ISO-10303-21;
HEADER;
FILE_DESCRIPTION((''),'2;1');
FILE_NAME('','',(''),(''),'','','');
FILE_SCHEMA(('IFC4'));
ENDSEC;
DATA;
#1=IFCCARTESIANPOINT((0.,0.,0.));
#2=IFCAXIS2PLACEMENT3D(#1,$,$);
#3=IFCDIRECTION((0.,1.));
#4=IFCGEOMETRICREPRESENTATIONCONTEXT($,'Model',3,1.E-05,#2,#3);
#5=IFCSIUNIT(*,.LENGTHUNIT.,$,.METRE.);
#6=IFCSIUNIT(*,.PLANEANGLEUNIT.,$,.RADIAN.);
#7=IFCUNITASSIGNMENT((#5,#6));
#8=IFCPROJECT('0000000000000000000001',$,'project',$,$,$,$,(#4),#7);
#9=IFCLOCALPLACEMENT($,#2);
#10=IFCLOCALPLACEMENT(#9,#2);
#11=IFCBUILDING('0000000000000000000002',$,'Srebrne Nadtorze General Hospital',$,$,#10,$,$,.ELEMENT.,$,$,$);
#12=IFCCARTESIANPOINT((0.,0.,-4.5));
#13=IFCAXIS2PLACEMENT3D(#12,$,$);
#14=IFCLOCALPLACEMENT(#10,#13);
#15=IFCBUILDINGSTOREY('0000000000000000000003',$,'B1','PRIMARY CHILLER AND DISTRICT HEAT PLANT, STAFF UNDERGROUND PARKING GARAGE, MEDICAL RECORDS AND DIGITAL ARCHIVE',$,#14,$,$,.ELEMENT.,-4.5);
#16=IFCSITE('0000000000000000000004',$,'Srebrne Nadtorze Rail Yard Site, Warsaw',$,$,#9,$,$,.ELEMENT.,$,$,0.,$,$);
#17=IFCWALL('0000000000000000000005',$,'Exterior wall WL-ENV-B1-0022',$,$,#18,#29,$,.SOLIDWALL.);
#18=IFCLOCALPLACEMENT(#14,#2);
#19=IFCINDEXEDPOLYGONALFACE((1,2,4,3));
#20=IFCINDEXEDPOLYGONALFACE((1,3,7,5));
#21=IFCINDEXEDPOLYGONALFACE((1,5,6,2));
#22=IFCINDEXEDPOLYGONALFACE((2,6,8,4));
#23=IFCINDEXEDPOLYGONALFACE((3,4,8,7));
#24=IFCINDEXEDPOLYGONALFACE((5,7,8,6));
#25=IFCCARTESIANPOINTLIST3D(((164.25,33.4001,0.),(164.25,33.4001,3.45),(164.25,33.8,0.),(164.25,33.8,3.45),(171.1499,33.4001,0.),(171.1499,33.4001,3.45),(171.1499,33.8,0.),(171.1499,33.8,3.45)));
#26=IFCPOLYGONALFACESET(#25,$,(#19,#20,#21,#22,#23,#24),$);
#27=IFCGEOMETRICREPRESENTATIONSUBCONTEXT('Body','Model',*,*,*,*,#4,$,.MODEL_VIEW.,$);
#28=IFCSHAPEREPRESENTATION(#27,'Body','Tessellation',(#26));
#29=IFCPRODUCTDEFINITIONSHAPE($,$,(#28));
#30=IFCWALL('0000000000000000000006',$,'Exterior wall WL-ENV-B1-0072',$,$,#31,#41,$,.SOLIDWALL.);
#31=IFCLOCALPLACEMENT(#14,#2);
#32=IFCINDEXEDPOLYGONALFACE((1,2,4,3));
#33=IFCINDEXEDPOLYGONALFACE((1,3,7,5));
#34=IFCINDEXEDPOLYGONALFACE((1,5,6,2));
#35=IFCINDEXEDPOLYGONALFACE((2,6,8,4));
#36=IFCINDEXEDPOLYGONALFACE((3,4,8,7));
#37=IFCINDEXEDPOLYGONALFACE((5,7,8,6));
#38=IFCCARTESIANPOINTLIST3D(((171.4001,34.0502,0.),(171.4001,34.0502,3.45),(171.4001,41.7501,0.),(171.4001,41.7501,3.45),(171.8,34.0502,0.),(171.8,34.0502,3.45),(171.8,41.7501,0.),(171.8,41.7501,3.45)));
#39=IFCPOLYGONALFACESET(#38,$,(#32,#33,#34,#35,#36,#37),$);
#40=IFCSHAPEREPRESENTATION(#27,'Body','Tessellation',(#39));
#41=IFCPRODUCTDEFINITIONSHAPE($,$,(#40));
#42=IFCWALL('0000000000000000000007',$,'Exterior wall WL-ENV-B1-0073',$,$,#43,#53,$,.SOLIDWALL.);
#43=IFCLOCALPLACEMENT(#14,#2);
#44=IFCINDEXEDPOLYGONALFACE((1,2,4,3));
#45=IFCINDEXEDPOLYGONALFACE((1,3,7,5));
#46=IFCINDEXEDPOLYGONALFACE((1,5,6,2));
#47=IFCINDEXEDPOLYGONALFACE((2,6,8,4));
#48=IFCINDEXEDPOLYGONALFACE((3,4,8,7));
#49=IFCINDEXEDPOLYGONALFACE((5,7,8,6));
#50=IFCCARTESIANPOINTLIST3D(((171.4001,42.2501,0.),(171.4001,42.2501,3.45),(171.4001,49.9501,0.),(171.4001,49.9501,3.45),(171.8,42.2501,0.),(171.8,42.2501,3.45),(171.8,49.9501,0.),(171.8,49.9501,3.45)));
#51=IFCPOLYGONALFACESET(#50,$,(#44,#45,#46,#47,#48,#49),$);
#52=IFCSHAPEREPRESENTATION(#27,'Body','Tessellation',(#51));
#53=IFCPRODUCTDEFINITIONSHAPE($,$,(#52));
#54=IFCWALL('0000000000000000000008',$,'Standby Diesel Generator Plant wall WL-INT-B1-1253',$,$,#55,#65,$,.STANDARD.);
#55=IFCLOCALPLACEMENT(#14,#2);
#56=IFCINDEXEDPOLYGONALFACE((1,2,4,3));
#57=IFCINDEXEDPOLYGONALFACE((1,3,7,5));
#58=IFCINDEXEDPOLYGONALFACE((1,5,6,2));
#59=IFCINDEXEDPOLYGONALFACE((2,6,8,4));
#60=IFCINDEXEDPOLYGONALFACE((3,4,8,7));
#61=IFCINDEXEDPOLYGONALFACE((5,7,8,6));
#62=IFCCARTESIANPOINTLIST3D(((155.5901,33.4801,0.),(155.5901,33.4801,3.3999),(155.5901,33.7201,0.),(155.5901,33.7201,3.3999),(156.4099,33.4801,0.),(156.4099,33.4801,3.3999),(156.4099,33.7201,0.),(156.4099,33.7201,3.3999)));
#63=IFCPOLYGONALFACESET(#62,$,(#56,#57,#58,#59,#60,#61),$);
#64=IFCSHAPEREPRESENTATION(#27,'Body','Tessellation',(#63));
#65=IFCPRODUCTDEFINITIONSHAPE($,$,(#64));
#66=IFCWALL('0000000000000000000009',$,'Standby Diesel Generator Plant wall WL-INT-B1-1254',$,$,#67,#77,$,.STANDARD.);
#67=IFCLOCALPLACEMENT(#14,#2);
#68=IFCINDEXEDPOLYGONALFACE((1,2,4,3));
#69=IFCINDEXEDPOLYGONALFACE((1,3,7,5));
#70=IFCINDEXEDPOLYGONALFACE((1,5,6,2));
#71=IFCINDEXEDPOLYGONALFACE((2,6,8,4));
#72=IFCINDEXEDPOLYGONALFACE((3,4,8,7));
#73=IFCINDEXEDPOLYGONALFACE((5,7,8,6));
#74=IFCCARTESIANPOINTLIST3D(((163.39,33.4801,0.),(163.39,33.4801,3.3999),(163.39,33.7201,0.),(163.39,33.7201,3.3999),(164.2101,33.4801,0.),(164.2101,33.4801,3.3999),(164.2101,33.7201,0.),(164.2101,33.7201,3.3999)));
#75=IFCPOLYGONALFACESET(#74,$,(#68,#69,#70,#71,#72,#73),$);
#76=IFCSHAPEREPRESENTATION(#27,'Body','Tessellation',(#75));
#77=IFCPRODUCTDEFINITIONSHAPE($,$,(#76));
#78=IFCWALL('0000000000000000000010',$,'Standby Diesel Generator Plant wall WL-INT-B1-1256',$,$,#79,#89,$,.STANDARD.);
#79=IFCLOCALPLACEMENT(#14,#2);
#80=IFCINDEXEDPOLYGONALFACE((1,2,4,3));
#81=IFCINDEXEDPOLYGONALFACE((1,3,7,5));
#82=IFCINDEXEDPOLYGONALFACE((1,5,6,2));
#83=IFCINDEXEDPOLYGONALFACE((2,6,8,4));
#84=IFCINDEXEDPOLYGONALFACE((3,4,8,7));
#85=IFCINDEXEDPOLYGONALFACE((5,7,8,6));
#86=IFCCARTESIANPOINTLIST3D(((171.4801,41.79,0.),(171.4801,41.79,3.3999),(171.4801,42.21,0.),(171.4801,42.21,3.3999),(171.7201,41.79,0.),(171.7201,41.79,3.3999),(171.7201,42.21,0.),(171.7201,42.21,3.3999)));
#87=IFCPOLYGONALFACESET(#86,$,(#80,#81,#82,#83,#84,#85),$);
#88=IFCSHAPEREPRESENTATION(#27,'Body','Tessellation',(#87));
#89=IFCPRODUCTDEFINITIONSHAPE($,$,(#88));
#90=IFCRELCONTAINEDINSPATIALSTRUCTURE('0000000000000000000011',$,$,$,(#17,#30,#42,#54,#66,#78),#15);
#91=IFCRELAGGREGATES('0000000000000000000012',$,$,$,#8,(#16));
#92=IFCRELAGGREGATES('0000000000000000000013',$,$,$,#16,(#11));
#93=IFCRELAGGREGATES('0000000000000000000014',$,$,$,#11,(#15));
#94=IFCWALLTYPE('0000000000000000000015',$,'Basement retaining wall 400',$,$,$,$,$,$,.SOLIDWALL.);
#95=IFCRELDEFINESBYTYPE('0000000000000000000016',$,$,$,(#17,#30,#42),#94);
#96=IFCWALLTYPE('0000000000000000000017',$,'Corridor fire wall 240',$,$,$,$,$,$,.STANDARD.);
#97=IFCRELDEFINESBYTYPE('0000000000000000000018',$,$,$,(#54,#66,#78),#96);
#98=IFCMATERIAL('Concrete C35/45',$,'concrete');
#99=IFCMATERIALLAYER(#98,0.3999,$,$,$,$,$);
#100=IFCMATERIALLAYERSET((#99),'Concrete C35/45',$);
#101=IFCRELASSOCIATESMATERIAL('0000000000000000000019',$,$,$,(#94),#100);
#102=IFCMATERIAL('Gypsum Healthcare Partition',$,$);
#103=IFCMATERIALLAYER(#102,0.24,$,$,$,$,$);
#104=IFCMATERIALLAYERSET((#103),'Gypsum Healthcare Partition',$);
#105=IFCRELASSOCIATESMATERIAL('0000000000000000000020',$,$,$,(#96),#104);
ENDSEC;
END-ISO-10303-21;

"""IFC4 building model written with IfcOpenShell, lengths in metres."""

from ifc_helpers import new_model, si_unit, direction, frame, frame_2d, origin, place, context, subcontext, project, spatial, rectangle, extrude, material, layer, layer_set, type_object, element, save


model = new_model("IFC4")

# Units and contexts
model_context = context("Model", 3, precision=1e-05, world=origin(), true_north=direction((0.0, 1.0)))
body_context = subcontext(model_context, "Body", "Model", "MODEL_VIEW")
ifc_project = project(units=[si_unit("LENGTHUNIT", "METRE"), si_unit("PLANEANGLEUNIT", "RADIAN")], contexts=[model_context])

# Site, building, storey
site_placement = place(None, origin())
site = spatial("IfcSite", under=ifc_project, at=site_placement, Name="Srebrne Nadtorze Rail Yard Site, Warsaw", CompositionType="ELEMENT", RefElevation=0.0)
building_placement = place(site_placement, origin())
building = spatial("IfcBuilding", under=site, at=building_placement, Name="Srebrne Nadtorze General Hospital", CompositionType="ELEMENT")
storey_placement = place(building_placement, frame((0.0, 0.0, -4.5)))
storey = spatial("IfcBuildingStorey", under=building, at=storey_placement, Name="B1", Description="PRIMARY CHILLER AND DISTRICT HEAT PLANT, STAFF UNDERGROUND PARKING GARAGE, MEDICAL RECORDS AND DIGITAL ARCHIVE", CompositionType="ELEMENT", Elevation=-4.5)

# Walls
ifc_material_1 = material(Name="Concrete C35/45", Category="concrete")
ifc_layer_1 = layer(ifc_material_1, 0.3999)
ifc_layer_set_1 = layer_set([ifc_layer_1], Name="Concrete C35/45")
wall_type_1 = type_object("IfcWallType", Name="Basement retaining wall 400", PredefinedType="SOLIDWALL", material=ifc_layer_set_1)
wall_1_placement = place(storey_placement, frame((164.25, 33.6001, 0.0), z_axis=(0.0, 0.0, 1.0), x_axis=(1.0, 0.0, 0.0)))
element("IfcWall", 1, at=wall_1_placement, inside=storey, type_object=wall_type_1, Name="Exterior wall WL-ENV-B1-0022", PredefinedType="SOLIDWALL", context=body_context, shape_type="SweptSolid", body=[
    extrude(rectangle(XDim=6.8999, YDim=0.3999, at=frame_2d((3.45, 0.0))), origin(), (0.0, 0.0, 1.0), 3.45),
])
for number, where, z_axis, x_axis, name in (
    (2, (171.6001, 34.05, 0.0), (0.0, 0.0, 1.0), (0.0, 1.0, 0.0), "Exterior wall WL-ENV-B1-0072"),
    (3, (171.6001, 42.25, 0.0), (0.0, 0.0, 1.0), (0.0, 1.0, 0.0), "Exterior wall WL-ENV-B1-0073"),
):
    element("IfcWall", number, at=place(storey_placement, frame(where, z_axis=z_axis, x_axis=x_axis)), inside=storey, type_object=wall_type_1, Name=name, PredefinedType="SOLIDWALL", context=body_context, shape_type="SweptSolid", body=[
        extrude(rectangle(XDim=7.7, YDim=0.3999, at=frame_2d((3.8501, 0.0))), origin(), (0.0, 0.0, 1.0), 3.45),
    ])
ifc_material_2 = material(Name="Gypsum Healthcare Partition")
ifc_layer_2 = layer(ifc_material_2, 0.24)
ifc_layer_set_2 = layer_set([ifc_layer_2], Name="Gypsum Healthcare Partition")
wall_type_2 = type_object("IfcWallType", Name="Corridor fire wall 240", PredefinedType="STANDARD", material=ifc_layer_set_2)
wall_2_placement = place(storey_placement, frame((155.5901, 33.6001, 0.0), z_axis=(0.0, 0.0, 1.0), x_axis=(1.0, 0.0, 0.0)))
element("IfcWall", 4, at=wall_2_placement, inside=storey, type_object=wall_type_2, Name="Standby Diesel Generator Plant wall WL-INT-B1-1253", PredefinedType="STANDARD", context=body_context, shape_type="SweptSolid", body=[
    extrude(rectangle(XDim=0.8198, YDim=0.24, at=frame_2d((0.4099, 0.0))), origin(), (0.0, 0.0, 1.0), 3.3999),
])
wall_3_placement = place(storey_placement, frame((163.3899, 33.6001, 0.0), z_axis=(0.0, 0.0, 1.0), x_axis=(1.0, 0.0, 0.0)))
element("IfcWall", 5, at=wall_3_placement, inside=storey, type_object=wall_type_2, Name="Standby Diesel Generator Plant wall WL-INT-B1-1254", PredefinedType="STANDARD", context=body_context, shape_type="SweptSolid", body=[
    extrude(rectangle(XDim=0.8201, YDim=0.24, at=frame_2d((0.4102, 0.0))), origin(), (0.0, 0.0, 1.0), 3.3999),
])
wall_4_placement = place(storey_placement, frame((171.6001, 41.79, 0.0), z_axis=(0.0, 0.0, 1.0), x_axis=(0.0, 1.0, 0.0)))
element("IfcWall", 6, at=wall_4_placement, inside=storey, type_object=wall_type_2, Name="Standby Diesel Generator Plant wall WL-INT-B1-1256", PredefinedType="STANDARD", context=body_context, shape_type="SweptSolid", body=[
    extrude(rectangle(XDim=0.4199, YDim=0.24, at=frame_2d((0.21, 0.0))), origin(), (0.0, 0.0, 1.0), 3.3999),
])

save(model, "model.ifc")
